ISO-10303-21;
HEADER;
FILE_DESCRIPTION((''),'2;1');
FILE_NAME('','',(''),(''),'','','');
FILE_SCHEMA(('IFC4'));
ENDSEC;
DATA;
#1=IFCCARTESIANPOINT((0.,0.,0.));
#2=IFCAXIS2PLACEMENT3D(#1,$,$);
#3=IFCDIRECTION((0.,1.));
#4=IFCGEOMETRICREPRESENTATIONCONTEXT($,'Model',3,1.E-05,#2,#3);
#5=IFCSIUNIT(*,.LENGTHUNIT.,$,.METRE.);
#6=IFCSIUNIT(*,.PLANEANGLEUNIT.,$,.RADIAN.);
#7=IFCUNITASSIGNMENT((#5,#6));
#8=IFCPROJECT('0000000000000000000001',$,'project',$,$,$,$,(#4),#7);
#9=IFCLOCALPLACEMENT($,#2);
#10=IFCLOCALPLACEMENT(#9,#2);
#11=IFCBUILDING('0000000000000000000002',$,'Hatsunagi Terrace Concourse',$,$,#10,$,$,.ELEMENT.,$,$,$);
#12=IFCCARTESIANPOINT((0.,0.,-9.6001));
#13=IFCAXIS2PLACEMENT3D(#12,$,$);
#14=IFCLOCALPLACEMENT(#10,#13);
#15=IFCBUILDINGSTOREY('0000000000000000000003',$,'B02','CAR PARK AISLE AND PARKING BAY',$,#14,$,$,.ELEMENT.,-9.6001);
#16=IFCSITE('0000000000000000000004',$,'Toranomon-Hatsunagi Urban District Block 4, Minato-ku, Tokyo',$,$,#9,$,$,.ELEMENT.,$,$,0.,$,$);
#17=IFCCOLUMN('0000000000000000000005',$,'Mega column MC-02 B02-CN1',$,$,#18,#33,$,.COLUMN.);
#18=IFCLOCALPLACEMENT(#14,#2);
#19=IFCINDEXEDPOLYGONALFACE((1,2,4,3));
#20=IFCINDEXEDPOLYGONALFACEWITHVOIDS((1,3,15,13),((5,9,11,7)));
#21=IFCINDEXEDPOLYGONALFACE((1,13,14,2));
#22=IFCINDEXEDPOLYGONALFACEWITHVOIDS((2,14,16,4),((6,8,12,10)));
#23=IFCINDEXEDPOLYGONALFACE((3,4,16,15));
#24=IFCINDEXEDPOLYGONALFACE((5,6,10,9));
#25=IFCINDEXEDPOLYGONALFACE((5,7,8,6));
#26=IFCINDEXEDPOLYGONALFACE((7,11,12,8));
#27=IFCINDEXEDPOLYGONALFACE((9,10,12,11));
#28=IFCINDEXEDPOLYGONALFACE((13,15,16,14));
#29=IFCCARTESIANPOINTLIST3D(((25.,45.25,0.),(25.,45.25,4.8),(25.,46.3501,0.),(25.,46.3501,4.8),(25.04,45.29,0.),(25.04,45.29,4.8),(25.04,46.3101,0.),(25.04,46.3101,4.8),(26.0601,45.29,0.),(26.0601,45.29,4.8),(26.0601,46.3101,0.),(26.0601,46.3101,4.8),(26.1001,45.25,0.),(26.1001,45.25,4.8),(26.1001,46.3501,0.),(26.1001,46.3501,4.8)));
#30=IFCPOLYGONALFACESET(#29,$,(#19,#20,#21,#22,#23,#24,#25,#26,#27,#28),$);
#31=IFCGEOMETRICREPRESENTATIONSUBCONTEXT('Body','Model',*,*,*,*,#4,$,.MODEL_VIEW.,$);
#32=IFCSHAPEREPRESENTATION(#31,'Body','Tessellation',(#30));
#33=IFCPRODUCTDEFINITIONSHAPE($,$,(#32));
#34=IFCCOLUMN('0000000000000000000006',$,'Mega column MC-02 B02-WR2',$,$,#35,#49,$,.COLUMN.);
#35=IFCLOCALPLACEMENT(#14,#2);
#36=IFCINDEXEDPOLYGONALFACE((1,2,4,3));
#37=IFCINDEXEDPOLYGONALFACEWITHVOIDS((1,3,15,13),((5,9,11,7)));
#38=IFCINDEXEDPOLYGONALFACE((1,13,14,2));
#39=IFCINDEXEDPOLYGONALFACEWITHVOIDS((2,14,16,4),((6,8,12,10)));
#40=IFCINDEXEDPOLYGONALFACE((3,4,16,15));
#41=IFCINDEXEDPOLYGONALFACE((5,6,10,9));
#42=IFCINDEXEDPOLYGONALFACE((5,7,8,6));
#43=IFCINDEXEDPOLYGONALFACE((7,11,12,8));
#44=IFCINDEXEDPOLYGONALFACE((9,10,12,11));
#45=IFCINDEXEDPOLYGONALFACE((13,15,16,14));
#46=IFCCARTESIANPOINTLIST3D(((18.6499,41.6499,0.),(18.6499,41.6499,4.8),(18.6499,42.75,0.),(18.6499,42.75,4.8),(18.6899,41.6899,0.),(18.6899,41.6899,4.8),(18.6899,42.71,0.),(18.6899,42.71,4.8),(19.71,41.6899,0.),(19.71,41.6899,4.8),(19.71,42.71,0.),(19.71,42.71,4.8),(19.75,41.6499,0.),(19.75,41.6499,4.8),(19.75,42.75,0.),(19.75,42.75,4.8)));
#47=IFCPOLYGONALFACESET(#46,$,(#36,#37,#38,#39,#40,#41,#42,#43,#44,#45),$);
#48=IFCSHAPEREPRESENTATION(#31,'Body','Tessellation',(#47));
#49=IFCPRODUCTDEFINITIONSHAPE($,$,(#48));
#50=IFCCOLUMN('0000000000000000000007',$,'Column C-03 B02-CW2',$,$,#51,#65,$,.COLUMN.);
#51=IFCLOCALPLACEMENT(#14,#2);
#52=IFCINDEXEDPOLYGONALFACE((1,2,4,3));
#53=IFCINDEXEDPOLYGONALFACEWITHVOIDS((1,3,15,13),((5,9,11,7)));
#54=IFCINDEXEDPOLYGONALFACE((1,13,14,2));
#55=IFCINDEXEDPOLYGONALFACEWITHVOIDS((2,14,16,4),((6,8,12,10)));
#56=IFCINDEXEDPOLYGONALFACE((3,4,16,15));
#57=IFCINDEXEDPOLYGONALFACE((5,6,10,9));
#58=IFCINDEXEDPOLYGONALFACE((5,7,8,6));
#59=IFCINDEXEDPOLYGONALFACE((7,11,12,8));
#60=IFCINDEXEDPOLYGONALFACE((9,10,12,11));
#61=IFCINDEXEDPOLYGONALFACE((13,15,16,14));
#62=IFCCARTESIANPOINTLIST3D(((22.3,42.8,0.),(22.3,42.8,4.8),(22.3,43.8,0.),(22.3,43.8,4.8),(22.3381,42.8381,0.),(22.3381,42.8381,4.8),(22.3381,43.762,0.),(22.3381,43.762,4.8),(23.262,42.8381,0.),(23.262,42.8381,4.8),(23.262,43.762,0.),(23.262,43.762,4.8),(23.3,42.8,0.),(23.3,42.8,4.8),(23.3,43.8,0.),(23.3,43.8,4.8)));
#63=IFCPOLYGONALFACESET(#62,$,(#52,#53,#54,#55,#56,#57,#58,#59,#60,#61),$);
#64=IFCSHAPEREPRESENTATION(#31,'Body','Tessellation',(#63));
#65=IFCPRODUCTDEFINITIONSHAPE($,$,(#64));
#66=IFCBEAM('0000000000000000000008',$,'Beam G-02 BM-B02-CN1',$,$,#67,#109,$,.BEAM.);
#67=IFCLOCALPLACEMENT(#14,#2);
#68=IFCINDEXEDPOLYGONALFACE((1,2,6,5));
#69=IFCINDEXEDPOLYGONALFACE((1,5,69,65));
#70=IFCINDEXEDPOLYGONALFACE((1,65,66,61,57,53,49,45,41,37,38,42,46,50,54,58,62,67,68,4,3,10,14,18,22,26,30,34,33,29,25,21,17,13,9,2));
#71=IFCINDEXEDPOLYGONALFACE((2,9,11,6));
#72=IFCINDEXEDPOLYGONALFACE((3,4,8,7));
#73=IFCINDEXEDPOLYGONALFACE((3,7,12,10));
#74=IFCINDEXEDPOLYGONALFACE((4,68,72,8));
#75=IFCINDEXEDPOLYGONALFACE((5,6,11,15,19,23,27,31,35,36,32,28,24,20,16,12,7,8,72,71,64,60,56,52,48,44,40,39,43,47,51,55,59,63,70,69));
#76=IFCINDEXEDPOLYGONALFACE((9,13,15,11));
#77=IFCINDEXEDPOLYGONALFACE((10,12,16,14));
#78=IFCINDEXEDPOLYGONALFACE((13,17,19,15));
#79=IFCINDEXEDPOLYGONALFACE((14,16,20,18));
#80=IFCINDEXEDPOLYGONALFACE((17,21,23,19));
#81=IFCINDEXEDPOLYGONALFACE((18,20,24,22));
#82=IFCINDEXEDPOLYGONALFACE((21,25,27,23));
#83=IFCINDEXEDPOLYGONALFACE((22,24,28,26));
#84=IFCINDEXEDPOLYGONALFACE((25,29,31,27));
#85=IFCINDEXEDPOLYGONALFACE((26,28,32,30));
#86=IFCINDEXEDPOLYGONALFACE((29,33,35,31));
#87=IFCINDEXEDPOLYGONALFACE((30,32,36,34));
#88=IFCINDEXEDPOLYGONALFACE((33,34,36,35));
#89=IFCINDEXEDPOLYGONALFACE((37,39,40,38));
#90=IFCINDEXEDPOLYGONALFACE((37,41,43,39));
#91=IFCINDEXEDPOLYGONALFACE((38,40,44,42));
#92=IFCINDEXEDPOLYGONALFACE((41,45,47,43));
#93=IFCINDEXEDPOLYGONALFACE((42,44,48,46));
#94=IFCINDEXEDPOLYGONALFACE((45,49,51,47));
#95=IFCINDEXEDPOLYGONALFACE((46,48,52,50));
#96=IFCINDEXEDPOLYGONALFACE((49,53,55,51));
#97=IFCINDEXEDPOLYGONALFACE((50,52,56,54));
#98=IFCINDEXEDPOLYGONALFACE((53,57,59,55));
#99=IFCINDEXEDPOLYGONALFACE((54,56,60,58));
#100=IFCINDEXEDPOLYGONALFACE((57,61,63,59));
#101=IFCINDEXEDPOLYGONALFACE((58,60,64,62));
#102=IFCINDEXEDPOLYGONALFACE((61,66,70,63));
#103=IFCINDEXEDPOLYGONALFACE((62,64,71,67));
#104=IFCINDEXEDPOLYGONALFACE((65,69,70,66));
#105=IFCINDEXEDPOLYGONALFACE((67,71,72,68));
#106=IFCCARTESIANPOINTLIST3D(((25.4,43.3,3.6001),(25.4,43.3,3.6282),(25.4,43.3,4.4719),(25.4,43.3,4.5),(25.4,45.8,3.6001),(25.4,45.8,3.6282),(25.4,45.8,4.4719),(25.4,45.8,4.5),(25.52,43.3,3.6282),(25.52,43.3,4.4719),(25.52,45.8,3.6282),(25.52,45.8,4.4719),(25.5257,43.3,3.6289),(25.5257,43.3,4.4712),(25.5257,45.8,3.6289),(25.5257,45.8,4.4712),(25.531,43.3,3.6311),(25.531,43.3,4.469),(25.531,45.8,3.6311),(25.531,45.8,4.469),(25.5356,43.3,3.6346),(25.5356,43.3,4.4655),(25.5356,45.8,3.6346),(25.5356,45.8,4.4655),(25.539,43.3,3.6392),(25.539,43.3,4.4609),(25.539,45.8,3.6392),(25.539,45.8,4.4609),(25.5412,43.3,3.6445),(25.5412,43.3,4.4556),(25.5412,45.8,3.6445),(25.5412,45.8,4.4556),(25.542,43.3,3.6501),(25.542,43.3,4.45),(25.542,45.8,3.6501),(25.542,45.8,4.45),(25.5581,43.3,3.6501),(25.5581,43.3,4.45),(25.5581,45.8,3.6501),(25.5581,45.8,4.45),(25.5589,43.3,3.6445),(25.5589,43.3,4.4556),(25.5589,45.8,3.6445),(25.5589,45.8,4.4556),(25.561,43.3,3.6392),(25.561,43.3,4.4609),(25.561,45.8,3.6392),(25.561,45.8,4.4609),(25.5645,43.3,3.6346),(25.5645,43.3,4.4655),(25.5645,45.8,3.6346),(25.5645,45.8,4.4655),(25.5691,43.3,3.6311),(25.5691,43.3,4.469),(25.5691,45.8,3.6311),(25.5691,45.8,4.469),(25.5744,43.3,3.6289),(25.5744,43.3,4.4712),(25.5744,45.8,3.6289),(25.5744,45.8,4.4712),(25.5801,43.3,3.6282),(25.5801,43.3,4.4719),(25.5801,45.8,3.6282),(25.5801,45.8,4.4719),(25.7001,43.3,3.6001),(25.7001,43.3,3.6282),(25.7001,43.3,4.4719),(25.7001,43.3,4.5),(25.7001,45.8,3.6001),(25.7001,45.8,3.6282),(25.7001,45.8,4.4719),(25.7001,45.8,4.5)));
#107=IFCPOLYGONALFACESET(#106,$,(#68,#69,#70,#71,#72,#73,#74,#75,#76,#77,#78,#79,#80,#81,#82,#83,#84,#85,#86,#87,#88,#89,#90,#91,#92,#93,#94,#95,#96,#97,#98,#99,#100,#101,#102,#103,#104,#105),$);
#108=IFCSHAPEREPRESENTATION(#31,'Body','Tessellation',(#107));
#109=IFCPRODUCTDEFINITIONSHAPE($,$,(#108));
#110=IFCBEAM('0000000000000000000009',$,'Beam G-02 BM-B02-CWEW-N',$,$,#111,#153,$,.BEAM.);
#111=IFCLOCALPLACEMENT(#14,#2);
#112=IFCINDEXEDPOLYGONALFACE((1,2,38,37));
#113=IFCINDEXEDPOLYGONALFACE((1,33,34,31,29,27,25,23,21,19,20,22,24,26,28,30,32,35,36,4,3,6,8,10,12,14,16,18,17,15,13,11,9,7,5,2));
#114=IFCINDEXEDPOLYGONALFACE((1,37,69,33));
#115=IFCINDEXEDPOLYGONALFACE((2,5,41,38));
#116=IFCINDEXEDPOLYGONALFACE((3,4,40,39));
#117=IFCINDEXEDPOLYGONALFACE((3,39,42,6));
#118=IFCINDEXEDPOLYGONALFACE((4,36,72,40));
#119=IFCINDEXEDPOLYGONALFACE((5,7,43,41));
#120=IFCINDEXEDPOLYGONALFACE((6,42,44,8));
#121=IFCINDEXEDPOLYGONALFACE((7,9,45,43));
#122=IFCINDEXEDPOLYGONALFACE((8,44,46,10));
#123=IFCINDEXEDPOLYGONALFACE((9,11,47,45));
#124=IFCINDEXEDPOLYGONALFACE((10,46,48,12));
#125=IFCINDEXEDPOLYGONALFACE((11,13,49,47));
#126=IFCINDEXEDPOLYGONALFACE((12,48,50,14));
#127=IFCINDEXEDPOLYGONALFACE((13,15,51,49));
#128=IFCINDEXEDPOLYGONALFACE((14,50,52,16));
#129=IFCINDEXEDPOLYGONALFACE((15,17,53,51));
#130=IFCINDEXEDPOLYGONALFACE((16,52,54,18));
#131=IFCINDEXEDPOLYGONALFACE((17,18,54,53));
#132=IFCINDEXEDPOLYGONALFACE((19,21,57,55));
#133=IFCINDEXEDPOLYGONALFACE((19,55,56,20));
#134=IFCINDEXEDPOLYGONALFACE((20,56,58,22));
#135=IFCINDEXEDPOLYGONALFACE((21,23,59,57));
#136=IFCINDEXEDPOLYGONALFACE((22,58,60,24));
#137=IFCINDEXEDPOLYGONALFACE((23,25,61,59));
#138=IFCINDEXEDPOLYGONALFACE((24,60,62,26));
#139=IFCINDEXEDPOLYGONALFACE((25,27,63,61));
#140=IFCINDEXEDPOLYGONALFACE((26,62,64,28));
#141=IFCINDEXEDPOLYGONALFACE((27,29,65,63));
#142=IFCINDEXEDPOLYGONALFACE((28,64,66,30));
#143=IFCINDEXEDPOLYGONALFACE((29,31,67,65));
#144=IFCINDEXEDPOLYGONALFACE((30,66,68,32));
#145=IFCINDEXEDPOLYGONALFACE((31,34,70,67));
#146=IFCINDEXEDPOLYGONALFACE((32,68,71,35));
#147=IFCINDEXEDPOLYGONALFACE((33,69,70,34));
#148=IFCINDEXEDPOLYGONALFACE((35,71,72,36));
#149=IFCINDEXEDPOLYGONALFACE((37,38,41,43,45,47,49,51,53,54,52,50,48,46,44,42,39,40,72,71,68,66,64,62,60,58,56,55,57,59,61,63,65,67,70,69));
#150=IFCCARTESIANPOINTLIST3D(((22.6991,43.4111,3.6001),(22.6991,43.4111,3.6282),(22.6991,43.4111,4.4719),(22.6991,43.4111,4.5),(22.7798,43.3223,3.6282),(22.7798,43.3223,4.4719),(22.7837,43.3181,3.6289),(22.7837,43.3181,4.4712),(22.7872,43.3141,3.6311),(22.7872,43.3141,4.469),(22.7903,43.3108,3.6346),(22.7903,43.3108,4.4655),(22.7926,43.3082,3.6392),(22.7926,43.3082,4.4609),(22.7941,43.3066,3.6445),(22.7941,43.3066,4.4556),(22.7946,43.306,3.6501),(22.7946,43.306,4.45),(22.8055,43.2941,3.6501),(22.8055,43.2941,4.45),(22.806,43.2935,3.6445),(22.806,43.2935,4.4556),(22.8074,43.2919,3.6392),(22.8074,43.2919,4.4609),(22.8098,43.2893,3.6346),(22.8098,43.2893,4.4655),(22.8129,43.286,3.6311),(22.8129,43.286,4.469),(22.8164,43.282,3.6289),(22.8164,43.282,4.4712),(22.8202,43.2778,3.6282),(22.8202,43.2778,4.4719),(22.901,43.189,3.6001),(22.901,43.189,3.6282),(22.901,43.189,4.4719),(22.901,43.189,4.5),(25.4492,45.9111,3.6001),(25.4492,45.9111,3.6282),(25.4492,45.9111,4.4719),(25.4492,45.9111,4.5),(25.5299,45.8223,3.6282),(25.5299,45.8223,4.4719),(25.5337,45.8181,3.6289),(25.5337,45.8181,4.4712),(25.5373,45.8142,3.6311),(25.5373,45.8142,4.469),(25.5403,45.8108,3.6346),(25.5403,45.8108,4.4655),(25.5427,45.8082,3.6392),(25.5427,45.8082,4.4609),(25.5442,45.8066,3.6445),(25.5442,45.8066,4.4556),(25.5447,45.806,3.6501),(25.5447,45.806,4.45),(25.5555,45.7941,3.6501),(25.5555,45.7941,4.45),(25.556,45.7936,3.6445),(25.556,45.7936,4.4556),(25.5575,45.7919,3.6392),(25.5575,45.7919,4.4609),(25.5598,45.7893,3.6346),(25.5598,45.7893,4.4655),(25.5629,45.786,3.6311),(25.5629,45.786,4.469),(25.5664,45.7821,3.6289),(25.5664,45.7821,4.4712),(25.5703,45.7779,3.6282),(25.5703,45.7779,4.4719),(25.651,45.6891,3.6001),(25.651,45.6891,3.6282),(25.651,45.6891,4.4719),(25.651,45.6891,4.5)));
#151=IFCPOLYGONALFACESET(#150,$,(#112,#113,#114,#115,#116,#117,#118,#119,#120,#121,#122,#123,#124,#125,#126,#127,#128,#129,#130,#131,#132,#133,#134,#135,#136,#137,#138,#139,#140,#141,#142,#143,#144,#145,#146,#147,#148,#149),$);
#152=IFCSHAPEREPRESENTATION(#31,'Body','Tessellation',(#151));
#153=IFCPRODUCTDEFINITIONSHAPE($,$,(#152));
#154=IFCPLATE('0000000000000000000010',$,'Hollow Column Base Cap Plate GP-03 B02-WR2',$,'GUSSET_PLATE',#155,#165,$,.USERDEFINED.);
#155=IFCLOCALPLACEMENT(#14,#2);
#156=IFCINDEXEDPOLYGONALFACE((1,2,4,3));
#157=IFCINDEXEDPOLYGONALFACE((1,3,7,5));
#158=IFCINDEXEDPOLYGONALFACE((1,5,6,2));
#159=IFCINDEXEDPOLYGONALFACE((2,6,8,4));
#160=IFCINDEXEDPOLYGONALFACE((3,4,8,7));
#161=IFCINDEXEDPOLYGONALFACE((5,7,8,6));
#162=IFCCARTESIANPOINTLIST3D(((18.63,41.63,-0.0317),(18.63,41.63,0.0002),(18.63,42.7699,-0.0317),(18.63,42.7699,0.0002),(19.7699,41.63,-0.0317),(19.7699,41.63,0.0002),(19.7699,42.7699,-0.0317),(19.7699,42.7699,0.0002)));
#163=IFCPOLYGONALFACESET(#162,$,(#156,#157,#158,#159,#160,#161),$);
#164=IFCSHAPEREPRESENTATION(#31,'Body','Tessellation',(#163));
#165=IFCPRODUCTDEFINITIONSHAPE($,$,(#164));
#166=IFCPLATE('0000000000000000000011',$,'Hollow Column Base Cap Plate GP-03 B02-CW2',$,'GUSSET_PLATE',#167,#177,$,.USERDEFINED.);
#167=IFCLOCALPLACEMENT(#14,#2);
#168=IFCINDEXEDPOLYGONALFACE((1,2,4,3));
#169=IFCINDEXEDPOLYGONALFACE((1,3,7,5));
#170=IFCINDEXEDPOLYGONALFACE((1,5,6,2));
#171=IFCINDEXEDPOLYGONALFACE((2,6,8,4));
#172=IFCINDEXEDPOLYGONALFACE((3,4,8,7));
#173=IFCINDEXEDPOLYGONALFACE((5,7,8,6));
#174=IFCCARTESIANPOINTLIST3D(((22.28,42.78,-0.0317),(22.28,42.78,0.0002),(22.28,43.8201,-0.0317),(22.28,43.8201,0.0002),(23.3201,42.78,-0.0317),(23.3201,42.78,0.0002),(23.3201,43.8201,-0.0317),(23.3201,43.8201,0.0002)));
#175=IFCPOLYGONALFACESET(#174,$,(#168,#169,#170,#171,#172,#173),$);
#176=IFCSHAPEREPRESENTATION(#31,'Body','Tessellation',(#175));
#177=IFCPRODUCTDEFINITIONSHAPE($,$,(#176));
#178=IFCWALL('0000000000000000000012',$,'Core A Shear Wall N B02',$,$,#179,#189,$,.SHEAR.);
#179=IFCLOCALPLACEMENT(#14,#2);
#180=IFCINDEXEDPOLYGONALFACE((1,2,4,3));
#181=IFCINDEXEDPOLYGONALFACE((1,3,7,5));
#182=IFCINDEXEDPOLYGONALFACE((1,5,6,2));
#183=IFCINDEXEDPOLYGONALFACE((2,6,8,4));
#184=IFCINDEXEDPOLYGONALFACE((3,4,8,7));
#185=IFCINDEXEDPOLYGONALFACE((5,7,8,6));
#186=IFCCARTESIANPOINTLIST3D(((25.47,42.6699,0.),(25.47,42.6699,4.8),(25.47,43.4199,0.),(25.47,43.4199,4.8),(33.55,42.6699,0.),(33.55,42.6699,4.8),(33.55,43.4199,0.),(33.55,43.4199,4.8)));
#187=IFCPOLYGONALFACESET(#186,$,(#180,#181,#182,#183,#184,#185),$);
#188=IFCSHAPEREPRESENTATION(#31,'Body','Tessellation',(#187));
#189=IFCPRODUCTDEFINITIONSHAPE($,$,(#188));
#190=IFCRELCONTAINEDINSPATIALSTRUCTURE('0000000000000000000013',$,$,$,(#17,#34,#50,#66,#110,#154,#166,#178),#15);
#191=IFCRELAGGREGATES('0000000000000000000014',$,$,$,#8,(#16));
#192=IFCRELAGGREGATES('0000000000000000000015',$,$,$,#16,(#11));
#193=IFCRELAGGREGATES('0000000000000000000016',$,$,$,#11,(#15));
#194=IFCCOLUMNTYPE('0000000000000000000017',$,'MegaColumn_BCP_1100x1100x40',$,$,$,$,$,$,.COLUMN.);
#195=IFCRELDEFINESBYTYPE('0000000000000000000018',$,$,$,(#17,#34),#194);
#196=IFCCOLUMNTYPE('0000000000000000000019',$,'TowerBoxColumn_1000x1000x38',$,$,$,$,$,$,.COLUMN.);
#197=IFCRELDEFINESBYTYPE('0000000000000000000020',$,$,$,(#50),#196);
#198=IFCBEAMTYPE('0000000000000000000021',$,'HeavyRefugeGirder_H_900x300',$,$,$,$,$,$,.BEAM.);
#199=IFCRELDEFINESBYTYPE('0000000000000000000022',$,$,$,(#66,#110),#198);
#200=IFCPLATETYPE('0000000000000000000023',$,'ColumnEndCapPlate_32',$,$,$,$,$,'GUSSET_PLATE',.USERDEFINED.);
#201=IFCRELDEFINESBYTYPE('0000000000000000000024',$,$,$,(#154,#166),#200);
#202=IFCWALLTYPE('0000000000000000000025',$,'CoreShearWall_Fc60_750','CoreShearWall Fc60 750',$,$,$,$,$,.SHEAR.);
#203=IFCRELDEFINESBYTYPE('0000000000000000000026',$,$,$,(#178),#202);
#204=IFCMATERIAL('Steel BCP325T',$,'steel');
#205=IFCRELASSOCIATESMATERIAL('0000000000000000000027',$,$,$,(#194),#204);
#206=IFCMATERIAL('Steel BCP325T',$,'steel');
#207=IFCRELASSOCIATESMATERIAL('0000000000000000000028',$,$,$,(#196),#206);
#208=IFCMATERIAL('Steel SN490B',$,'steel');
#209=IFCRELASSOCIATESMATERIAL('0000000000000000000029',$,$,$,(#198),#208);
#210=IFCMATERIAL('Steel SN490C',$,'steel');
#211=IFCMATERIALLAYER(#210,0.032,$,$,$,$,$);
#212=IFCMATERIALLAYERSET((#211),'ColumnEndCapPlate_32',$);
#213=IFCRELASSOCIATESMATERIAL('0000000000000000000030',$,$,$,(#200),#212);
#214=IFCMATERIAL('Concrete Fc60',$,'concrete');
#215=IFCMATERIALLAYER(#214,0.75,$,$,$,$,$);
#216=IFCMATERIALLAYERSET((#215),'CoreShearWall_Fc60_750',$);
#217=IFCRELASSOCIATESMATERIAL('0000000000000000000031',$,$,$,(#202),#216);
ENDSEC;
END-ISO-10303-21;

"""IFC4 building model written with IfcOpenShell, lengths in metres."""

from ifc_helpers import new_model, si_unit, direction, frame, frame_2d, origin, origin_2d, place, context, subcontext, project, spatial, rectangle, hollow_rectangle, i_section, extrude, material, layer, layer_set, material_profile, profile_set, type_object, element, save


model = new_model("IFC4")

# Units and contexts
model_context = context("Model", 3, precision=1e-05, world=origin(), true_north=direction((0.0, 1.0)))
body_context = subcontext(model_context, "Body", "Model", "MODEL_VIEW")
ifc_project = project(units=[si_unit("LENGTHUNIT", "METRE"), si_unit("PLANEANGLEUNIT", "RADIAN")], contexts=[model_context])

# Site, building, storey
site_placement = place(None, origin())
site = spatial("IfcSite", under=ifc_project, at=site_placement, Name="Toranomon-Hatsunagi Urban District Block 4, Minato-ku, Tokyo", CompositionType="ELEMENT", RefElevation=0.0)
building_placement = place(site_placement, origin())
building = spatial("IfcBuilding", under=site, at=building_placement, Name="Hatsunagi Terrace Concourse", CompositionType="ELEMENT")
storey_placement = place(building_placement, frame((0.0, 0.0, -9.6001)))
storey = spatial("IfcBuildingStorey", under=building, at=storey_placement, Name="B02", Description="CAR PARK AISLE AND PARKING BAY", CompositionType="ELEMENT", Elevation=-9.6001)

# Columns
ifc_material_1 = material(Name="Steel BCP325T", Category="steel")
ifc_material_profile_1 = material_profile(ifc_material_1, hollow_rectangle(XDim=1.1001, YDim=1.1001, WallThickness=0.04, at=origin_2d()), Name="BCP-1100x1100x40")
ifc_profile_set_1 = profile_set([ifc_material_profile_1], Name="Steel BCP325T")
column_type_1 = type_object("IfcColumnType", Name="MegaColumn_BCP_1100x1100x40", PredefinedType="COLUMN", material=ifc_profile_set_1)
for number, where, z_axis, x_axis, name in (
    (1, (25.55, 45.8, 0.0), (0.0, 0.0, 1.0), (1.0, 0.0, 0.0), "Mega column MC-02 B02-CN1"),
    (2, (19.2, 42.2, 0.0), (0.0, 0.0, 1.0), (1.0, 0.0, 0.0), "Mega column MC-02 B02-WR2"),
):
    element("IfcColumn", number, at=place(storey_placement, frame(where, z_axis=z_axis, x_axis=x_axis)), inside=storey, type_object=column_type_1, Name=name, PredefinedType="COLUMN", context=body_context, shape_type="SweptSolid", body=[
        extrude(hollow_rectangle(XDim=1.1001, YDim=1.1001, WallThickness=0.04, at=origin_2d()), origin(), (0.0, 0.0, 1.0), 4.8),
    ])
ifc_material_2 = material(Name="Steel BCP325T", Category="steel")
ifc_material_profile_2 = material_profile(ifc_material_2, hollow_rectangle(XDim=1.0, YDim=1.0, WallThickness=0.0381, at=origin_2d()), Name="BCP-1000x1000x38")
ifc_profile_set_2 = profile_set([ifc_material_profile_2], Name="Steel BCP325T")
column_type_2 = type_object("IfcColumnType", Name="TowerBoxColumn_1000x1000x38", PredefinedType="COLUMN", material=ifc_profile_set_2)
column_1_placement = place(storey_placement, frame((22.8, 43.3, 0.0), z_axis=(0.0, 0.0, 1.0), x_axis=(1.0, 0.0, 0.0)))
element("IfcColumn", 3, at=column_1_placement, inside=storey, type_object=column_type_2, Name="Column C-03 B02-CW2", PredefinedType="COLUMN", context=body_context, shape_type="SweptSolid", body=[
    extrude(hollow_rectangle(XDim=1.0, YDim=1.0, WallThickness=0.0381, at=origin_2d()), origin(), (0.0, 0.0, 1.0), 4.8),
])

# Beams
ifc_material_3 = material(Name="Steel SN490B", Category="steel")
ifc_material_profile_3 = material_profile(ifc_material_3, i_section(OverallWidth=0.3, OverallDepth=0.8999, WebThickness=0.0161, FlangeThickness=0.0281, FilletRadius=0.022, at=origin_2d()), Name="H-900x300x16x28")
ifc_profile_set_3 = profile_set([ifc_material_profile_3], Name="Steel SN490B")
beam_type = type_object("IfcBeamType", Name="HeavyRefugeGirder_H_900x300", PredefinedType="BEAM", material=ifc_profile_set_3)
beam_1_placement = place(storey_placement, frame((25.55, 43.3, 4.05), z_axis=(0.0, 1.0, 0.0), x_axis=(-1.0, 0.0, 0.0)))
element("IfcBeam", 4, at=beam_1_placement, inside=storey, type_object=beam_type, Name="Beam G-02 BM-B02-CN1", PredefinedType="BEAM", context=body_context, shape_type="SweptSolid", body=[
    extrude(i_section(OverallWidth=0.3, OverallDepth=0.8999, WebThickness=0.0161, FlangeThickness=0.0281, FilletRadius=0.022, at=origin_2d()), origin(), (0.0, 0.0, 1.0), 2.5),
])
beam_2_placement = place(storey_placement, frame((22.8, 43.3, 4.05), z_axis=(0.73994, 0.672673, 0.0), x_axis=(-0.672673, 0.73994, 0.0)))
element("IfcBeam", 5, at=beam_2_placement, inside=storey, type_object=beam_type, Name="Beam G-02 BM-B02-CWEW-N", PredefinedType="BEAM", context=body_context, shape_type="SweptSolid", body=[
    extrude(i_section(OverallWidth=0.3, OverallDepth=0.8999, WebThickness=0.0161, FlangeThickness=0.0281, FilletRadius=0.022, at=origin_2d()), origin(), (0.0, 0.0, 1.0), 3.7166),
])

# Plates
ifc_material_4 = material(Name="Steel SN490C", Category="steel")
ifc_layer_1 = layer(ifc_material_4, 0.032)
ifc_layer_set_1 = layer_set([ifc_layer_1], Name="ColumnEndCapPlate_32")
plate_type = type_object("IfcPlateType", Name="ColumnEndCapPlate_32", ElementType="GUSSET_PLATE", PredefinedType="USERDEFINED", material=ifc_layer_set_1)
plate_1_placement = place(storey_placement, frame((19.2, 42.2, -0.0317), z_axis=(0.0, 0.0, 1.0), x_axis=(1.0, 0.0, 0.0)))
element("IfcPlate", 6, at=plate_1_placement, inside=storey, type_object=plate_type, Name="Hollow Column Base Cap Plate GP-03 B02-WR2", ObjectType="GUSSET_PLATE", PredefinedType="USERDEFINED", context=body_context, shape_type="SweptSolid", body=[
    extrude(rectangle(XDim=1.1399, YDim=1.1399, at=origin_2d()), origin(), (0.0, 0.0, 1.0), 0.032),
])
plate_2_placement = place(storey_placement, frame((22.8, 43.3, -0.0317), z_axis=(0.0, 0.0, 1.0), x_axis=(1.0, 0.0, 0.0)))
element("IfcPlate", 7, at=plate_2_placement, inside=storey, type_object=plate_type, Name="Hollow Column Base Cap Plate GP-03 B02-CW2", ObjectType="GUSSET_PLATE", PredefinedType="USERDEFINED", context=body_context, shape_type="SweptSolid", body=[
    extrude(rectangle(XDim=1.04, YDim=1.04, at=origin_2d()), origin(), (0.0, 0.0, 1.0), 0.032),
])

# Wall
ifc_material_5 = material(Name="Concrete Fc60", Category="concrete")
ifc_layer_2 = layer(ifc_material_5, 0.75)
ifc_layer_set_2 = layer_set([ifc_layer_2], Name="CoreShearWall_Fc60_750")
wall_type_1 = type_object("IfcWallType", Name="CoreShearWall_Fc60_750", Description="CoreShearWall Fc60 750", PredefinedType="SHEAR", material=ifc_layer_set_2)
wall_1_placement = place(storey_placement, frame((25.47, 43.0449, 0.0), z_axis=(0.0, 0.0, 1.0), x_axis=(1.0, 0.0, 0.0)))
element("IfcWall", 8, at=wall_1_placement, inside=storey, type_object=wall_type_1, Name="Core A Shear Wall N B02", PredefinedType="SHEAR", context=body_context, shape_type="SweptSolid", body=[
    extrude(rectangle(XDim=8.0801, YDim=0.75, at=frame_2d((4.04, 0.0))), origin(), (0.0, 0.0, 1.0), 4.8),
])

save(model, "model.ifc")
